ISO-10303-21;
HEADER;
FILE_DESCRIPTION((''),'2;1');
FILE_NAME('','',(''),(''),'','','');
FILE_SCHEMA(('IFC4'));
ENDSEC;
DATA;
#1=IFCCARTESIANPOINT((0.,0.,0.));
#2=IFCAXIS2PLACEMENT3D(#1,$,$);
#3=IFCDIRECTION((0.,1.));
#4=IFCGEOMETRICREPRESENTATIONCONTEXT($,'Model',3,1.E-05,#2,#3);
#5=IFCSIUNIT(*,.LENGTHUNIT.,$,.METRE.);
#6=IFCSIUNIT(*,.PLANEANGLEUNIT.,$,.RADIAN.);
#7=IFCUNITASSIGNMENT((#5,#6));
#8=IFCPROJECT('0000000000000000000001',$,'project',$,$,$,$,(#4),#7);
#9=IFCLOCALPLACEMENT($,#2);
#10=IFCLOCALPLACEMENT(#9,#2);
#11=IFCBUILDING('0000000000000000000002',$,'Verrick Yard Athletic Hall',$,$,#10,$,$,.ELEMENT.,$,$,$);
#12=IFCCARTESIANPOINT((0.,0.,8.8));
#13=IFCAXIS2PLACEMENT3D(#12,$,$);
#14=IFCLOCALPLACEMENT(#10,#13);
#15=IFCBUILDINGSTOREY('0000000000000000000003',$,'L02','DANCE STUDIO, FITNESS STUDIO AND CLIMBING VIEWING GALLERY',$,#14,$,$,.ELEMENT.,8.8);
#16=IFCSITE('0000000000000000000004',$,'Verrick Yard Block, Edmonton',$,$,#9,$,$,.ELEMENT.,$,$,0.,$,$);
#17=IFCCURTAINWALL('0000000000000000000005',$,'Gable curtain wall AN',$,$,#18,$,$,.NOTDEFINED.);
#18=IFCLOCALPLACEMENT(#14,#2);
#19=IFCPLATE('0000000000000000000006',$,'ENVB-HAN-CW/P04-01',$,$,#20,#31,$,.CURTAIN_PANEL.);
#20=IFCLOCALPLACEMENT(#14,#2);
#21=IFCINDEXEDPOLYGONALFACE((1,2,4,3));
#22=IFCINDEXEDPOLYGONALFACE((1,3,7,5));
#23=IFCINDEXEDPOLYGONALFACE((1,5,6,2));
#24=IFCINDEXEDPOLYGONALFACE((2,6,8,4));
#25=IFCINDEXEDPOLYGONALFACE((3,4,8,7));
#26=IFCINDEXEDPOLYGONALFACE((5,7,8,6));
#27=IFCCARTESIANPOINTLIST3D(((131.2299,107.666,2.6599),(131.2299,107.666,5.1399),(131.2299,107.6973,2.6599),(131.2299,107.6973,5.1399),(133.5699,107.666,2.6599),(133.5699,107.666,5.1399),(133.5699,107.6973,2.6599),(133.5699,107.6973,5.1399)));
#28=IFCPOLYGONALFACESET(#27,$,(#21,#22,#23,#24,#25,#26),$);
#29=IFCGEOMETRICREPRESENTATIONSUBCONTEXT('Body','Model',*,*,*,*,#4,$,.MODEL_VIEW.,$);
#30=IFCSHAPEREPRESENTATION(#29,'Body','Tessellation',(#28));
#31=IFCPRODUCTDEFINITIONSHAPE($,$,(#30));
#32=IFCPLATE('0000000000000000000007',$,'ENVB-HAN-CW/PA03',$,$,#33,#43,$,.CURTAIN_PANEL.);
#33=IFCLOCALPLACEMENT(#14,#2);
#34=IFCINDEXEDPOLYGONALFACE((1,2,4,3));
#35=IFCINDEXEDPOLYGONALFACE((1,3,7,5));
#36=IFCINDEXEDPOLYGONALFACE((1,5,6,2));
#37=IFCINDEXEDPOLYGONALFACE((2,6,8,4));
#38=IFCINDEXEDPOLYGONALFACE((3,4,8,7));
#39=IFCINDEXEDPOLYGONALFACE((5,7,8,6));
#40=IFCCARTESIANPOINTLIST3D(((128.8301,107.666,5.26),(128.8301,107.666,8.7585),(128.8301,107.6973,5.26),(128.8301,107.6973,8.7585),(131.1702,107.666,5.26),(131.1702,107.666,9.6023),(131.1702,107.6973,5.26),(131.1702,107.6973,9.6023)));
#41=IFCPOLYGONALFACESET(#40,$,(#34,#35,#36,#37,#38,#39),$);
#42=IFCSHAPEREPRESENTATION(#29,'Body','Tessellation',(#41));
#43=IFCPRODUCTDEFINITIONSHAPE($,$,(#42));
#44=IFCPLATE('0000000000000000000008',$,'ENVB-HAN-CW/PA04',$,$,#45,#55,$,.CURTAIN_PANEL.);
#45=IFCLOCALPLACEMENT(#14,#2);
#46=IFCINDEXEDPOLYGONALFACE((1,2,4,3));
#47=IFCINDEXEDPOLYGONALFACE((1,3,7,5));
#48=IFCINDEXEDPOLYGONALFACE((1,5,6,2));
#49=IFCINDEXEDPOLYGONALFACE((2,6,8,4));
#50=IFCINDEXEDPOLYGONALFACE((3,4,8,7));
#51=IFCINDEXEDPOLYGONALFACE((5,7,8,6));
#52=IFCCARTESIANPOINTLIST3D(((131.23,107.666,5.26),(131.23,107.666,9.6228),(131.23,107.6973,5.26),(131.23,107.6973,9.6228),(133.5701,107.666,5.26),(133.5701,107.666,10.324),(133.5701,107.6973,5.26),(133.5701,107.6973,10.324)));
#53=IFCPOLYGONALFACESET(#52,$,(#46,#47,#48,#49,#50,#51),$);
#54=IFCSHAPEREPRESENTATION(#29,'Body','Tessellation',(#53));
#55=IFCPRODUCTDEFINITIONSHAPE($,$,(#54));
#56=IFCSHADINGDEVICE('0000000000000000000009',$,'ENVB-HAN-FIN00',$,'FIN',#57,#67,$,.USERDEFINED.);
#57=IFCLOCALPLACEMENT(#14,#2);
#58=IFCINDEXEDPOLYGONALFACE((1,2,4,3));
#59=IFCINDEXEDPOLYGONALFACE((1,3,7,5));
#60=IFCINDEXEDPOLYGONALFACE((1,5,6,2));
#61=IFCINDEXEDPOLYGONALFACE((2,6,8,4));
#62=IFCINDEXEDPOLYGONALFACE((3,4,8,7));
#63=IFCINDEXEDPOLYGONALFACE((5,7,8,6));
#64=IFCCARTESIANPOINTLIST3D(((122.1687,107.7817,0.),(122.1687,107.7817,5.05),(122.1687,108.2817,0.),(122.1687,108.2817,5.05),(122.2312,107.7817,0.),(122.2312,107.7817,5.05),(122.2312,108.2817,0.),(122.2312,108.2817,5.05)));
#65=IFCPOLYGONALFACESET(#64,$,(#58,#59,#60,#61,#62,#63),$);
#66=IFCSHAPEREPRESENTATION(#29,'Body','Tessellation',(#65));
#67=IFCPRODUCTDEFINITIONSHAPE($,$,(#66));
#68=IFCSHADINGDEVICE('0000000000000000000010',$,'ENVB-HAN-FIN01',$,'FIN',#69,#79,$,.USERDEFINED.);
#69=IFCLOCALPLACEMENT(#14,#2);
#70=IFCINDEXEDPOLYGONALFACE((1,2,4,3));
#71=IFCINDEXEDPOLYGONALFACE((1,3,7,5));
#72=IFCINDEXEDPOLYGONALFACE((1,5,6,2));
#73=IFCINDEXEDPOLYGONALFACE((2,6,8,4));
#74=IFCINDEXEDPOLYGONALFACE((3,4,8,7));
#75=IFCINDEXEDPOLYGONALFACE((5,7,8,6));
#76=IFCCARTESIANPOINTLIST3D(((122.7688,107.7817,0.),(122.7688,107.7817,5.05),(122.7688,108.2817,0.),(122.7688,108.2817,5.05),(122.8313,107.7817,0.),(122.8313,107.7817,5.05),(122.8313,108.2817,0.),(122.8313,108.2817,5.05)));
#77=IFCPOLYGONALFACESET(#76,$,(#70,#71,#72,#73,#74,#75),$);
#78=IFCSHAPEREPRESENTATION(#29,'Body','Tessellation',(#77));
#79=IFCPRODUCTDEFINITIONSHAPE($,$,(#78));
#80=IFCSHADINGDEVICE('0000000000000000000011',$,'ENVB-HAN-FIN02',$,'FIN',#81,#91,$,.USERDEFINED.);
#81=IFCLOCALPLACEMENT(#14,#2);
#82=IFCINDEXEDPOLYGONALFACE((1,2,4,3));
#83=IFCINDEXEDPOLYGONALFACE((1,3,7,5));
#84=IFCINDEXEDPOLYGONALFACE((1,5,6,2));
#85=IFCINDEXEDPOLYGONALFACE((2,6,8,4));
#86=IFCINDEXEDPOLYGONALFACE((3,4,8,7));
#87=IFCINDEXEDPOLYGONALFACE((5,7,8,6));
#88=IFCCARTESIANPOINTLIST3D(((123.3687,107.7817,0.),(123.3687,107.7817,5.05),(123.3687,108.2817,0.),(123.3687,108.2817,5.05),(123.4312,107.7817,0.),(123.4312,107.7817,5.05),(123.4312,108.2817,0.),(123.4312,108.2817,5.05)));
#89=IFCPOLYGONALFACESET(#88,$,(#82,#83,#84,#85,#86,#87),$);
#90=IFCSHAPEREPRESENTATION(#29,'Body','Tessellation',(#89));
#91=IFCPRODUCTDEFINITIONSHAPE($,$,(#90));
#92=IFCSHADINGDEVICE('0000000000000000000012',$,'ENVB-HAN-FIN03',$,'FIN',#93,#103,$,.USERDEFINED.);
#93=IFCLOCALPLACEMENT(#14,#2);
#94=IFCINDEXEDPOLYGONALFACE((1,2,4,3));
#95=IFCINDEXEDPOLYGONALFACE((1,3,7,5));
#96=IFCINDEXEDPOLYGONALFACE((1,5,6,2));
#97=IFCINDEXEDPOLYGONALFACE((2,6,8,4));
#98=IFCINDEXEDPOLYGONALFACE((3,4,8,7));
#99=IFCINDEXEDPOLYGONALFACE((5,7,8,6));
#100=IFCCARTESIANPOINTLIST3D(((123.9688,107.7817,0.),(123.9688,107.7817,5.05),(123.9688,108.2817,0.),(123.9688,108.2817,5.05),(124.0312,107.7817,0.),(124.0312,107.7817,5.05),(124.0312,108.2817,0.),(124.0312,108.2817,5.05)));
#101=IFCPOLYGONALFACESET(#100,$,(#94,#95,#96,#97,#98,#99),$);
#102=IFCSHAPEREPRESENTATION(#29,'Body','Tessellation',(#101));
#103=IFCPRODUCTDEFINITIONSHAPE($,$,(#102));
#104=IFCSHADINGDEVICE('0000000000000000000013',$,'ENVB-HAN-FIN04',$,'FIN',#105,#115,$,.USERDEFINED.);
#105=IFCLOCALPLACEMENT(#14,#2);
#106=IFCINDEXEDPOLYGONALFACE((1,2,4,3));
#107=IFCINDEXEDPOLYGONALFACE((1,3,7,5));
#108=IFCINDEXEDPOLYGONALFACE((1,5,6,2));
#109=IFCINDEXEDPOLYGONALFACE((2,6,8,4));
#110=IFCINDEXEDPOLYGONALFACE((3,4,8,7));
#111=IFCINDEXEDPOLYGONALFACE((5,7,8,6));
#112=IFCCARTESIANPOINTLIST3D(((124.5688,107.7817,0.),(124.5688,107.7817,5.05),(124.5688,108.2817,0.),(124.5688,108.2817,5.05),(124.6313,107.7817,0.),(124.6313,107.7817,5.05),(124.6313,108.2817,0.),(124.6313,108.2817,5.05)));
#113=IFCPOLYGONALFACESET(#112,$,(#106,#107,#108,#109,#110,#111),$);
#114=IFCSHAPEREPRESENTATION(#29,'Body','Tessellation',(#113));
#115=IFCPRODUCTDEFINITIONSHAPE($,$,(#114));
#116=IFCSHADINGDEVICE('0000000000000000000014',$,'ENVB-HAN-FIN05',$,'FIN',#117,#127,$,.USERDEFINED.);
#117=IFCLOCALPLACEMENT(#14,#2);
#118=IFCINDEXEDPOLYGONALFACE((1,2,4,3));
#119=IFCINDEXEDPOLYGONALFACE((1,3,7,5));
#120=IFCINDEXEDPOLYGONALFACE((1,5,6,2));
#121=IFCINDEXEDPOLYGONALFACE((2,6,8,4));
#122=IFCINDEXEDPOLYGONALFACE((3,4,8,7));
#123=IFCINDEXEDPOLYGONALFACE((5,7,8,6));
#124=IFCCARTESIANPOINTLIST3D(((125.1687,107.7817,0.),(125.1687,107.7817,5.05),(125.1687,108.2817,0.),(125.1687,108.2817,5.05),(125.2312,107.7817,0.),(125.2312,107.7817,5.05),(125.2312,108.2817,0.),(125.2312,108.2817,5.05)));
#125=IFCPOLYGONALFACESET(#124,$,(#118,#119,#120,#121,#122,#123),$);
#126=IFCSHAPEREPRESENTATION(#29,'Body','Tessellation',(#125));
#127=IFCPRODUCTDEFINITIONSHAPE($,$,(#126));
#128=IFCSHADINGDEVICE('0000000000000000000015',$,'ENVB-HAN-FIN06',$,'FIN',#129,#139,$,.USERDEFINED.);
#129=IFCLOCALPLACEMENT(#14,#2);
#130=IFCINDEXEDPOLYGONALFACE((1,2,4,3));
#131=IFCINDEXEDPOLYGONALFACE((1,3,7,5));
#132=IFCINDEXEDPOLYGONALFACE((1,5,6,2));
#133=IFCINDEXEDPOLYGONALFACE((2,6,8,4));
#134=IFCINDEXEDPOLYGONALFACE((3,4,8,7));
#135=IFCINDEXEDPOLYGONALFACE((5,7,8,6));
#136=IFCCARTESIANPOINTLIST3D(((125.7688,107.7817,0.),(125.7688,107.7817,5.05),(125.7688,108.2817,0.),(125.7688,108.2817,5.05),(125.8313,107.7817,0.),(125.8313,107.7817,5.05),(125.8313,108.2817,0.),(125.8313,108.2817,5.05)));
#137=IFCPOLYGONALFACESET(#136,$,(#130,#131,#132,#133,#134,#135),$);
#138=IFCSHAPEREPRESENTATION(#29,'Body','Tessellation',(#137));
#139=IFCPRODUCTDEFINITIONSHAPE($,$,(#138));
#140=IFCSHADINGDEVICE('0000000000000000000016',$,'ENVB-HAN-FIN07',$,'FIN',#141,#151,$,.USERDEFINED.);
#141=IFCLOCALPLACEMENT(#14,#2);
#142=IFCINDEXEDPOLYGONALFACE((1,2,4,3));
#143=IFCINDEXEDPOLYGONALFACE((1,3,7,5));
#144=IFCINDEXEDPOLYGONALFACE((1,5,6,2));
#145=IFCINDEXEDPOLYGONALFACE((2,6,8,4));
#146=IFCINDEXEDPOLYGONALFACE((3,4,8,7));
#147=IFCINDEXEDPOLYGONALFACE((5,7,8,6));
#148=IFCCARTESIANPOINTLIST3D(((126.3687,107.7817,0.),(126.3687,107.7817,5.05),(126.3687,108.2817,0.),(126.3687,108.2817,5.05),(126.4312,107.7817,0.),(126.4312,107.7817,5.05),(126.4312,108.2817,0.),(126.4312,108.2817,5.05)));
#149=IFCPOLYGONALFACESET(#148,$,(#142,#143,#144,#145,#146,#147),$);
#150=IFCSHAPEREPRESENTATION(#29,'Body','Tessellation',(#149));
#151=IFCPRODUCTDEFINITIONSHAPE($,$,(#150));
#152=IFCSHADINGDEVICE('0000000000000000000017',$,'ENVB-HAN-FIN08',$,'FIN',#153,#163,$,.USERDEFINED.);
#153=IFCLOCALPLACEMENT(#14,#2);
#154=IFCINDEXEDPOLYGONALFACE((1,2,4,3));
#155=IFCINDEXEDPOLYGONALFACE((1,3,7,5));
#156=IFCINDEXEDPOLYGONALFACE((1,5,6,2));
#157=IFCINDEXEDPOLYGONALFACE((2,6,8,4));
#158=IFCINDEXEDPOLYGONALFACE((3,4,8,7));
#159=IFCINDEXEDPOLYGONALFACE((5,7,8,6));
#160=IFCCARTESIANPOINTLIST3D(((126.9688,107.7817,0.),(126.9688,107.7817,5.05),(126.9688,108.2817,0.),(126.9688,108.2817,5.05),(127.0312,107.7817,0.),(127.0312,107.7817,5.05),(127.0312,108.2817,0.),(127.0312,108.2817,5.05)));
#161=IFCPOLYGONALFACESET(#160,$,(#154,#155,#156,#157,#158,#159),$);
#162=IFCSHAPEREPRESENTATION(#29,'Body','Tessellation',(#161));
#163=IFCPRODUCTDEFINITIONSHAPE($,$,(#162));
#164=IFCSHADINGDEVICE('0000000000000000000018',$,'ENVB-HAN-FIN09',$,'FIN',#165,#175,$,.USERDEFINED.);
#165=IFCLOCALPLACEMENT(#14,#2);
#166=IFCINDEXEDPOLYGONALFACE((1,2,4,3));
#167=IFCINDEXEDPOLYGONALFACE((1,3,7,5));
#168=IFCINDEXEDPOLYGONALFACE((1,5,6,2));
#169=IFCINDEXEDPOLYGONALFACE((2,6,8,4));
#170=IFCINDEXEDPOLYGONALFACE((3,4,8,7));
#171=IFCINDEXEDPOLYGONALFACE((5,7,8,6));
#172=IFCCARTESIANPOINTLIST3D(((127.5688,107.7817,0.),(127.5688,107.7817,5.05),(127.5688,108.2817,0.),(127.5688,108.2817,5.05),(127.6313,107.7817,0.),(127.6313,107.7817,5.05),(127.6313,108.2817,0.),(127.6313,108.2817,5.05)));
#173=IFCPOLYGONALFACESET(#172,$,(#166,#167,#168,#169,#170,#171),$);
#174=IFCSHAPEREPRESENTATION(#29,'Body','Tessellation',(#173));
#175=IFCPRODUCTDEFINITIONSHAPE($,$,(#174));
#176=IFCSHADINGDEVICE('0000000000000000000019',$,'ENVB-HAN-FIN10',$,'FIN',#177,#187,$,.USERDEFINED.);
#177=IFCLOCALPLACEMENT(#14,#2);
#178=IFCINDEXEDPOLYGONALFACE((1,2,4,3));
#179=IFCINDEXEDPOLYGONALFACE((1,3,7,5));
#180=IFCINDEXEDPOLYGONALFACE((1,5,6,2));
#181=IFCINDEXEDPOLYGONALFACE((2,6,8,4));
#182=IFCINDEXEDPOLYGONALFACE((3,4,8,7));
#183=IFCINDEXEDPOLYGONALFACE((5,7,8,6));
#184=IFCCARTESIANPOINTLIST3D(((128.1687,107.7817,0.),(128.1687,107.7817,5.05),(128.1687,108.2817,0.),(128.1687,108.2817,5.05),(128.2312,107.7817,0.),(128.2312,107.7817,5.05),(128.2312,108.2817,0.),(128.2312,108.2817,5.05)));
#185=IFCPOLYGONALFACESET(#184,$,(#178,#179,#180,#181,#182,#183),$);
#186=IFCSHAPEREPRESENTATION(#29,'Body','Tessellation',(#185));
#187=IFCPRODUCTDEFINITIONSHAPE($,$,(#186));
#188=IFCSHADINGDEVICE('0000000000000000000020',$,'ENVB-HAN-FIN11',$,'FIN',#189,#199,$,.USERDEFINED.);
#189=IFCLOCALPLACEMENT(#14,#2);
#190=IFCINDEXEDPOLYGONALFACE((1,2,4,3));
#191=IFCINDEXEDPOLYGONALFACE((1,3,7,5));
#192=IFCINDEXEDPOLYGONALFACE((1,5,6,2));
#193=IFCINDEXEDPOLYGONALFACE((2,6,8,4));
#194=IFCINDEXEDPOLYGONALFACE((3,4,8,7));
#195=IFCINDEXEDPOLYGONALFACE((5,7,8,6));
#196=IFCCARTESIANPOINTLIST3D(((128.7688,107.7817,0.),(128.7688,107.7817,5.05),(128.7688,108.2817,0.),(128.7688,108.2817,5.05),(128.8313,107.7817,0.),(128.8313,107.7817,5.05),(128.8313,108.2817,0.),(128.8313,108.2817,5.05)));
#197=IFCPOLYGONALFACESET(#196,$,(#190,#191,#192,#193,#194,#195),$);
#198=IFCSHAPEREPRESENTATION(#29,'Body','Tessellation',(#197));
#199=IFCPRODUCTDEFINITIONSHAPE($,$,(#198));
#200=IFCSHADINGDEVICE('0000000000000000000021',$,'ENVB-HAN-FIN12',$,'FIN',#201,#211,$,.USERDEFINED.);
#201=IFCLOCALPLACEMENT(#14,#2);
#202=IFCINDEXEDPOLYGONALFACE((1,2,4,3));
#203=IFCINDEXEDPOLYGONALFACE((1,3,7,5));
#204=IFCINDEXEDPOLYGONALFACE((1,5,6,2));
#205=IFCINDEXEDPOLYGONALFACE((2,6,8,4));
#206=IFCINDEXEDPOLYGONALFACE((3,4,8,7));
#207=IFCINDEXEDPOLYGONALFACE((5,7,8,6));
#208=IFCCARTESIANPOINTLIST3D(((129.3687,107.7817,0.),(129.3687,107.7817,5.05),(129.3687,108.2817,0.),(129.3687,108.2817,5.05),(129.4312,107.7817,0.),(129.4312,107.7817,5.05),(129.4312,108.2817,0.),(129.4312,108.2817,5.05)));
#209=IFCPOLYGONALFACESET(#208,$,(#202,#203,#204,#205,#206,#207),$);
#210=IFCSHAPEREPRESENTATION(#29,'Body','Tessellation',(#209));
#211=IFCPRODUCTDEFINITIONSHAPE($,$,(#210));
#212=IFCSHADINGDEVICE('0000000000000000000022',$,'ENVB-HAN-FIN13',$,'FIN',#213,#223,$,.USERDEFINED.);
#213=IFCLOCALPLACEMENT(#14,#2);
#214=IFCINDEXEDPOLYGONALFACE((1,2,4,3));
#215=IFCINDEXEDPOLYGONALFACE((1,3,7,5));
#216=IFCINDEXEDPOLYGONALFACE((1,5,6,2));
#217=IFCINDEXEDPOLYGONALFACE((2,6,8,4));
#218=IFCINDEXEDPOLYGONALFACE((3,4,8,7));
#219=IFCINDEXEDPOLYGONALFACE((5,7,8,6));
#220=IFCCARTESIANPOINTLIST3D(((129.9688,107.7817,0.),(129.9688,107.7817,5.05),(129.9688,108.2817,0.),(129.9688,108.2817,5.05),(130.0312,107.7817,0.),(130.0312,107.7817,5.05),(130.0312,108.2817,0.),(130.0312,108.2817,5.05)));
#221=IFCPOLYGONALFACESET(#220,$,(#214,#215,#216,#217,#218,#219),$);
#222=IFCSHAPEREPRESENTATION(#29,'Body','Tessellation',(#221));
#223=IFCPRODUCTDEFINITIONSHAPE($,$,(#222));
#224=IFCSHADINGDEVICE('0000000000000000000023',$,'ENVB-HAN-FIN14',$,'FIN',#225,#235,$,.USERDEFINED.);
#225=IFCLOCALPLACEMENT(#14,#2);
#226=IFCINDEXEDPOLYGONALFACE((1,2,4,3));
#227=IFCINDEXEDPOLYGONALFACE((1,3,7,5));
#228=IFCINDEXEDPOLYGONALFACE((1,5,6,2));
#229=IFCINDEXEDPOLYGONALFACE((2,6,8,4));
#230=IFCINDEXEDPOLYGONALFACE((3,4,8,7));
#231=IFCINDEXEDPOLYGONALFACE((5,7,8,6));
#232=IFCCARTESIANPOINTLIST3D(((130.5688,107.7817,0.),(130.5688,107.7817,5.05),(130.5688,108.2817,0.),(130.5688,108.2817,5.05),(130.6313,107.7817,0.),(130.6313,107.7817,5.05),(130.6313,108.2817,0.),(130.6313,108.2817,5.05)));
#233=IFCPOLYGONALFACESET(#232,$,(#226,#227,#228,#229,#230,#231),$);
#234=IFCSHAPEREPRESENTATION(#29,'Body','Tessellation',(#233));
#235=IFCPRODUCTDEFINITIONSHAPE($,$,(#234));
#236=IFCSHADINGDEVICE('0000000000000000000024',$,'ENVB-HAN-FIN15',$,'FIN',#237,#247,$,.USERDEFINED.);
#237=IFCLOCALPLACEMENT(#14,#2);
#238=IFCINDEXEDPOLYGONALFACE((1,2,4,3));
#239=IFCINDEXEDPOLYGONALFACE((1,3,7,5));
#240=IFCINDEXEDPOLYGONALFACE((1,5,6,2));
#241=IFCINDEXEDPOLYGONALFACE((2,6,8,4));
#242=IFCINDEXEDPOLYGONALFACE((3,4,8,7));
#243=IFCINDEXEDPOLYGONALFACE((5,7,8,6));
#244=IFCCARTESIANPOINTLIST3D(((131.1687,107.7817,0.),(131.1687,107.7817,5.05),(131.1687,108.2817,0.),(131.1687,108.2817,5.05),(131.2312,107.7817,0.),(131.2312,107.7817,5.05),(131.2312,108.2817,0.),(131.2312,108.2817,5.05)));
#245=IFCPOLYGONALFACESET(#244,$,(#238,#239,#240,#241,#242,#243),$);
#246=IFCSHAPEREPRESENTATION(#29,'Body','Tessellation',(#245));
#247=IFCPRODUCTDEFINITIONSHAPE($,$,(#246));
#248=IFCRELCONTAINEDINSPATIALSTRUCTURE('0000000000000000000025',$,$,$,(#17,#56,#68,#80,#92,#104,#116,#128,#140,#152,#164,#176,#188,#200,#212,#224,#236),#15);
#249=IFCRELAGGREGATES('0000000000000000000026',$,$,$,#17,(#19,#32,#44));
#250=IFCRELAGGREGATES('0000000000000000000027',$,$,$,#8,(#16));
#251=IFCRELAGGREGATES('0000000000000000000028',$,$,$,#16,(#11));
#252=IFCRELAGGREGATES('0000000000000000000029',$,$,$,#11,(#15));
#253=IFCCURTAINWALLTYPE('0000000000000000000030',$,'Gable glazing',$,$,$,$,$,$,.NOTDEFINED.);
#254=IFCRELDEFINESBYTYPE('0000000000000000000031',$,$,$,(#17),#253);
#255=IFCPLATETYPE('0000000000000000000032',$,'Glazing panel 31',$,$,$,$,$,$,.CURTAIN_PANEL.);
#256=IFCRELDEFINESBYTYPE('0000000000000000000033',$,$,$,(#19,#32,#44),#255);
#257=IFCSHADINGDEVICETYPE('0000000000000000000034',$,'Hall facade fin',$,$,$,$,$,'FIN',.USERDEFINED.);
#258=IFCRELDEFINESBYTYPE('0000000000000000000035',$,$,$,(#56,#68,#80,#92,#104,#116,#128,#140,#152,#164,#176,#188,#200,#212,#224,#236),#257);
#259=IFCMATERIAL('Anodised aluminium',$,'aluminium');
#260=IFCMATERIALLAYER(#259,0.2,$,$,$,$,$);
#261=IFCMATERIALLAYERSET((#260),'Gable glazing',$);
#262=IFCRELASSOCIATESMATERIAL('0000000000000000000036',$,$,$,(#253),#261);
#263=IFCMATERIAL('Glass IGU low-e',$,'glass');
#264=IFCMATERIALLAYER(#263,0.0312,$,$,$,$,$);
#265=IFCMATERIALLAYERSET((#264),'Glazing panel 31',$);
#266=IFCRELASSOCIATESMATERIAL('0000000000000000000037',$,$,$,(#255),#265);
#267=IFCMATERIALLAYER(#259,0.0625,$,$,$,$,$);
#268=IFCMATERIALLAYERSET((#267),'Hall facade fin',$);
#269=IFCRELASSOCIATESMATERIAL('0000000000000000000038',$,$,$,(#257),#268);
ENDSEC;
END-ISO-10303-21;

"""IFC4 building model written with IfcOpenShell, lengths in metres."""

from ifc_helpers import new_model, si_unit, direction, frame, origin, origin_2d, place, context, subcontext, project, spatial, polyline, rectangle, outline, extrude, material, layer, layer_set, type_object, element, aggregate, save


model = new_model("IFC4")

# Units and contexts
model_context = context("Model", 3, precision=1e-05, world=origin(), true_north=direction((0.0, 1.0)))
body_context = subcontext(model_context, "Body", "Model", "MODEL_VIEW")
ifc_project = project(units=[si_unit("LENGTHUNIT", "METRE"), si_unit("PLANEANGLEUNIT", "RADIAN")], contexts=[model_context])

# Site, building, storey
site_placement = place(None, origin())
site = spatial("IfcSite", under=ifc_project, at=site_placement, Name="Verrick Yard Block, Edmonton", CompositionType="ELEMENT", RefElevation=0.0)
building_placement = place(site_placement, origin())
building = spatial("IfcBuilding", under=site, at=building_placement, Name="Verrick Yard Athletic Hall", CompositionType="ELEMENT")
storey_placement = place(building_placement, frame((0.0, 0.0, 8.8)))
storey = spatial("IfcBuildingStorey", under=building, at=storey_placement, Name="L02", Description="DANCE STUDIO, FITNESS STUDIO AND CLIMBING VIEWING GALLERY", CompositionType="ELEMENT", Elevation=8.8)

# Curtain wall, plates
ifc_material_1 = material(Name="Anodised aluminium", Category="aluminium")
ifc_layer_1 = layer(ifc_material_1, 0.2)
ifc_layer_set_1 = layer_set([ifc_layer_1], Name="Gable glazing")
curtain_wall_type = type_object("IfcCurtainWallType", Name="Gable glazing", PredefinedType="NOTDEFINED", material=ifc_layer_set_1)
curtain_wall_placement = place(storey_placement, origin())
curtain_wall = element("IfcCurtainWall", 1, at=curtain_wall_placement, inside=storey, type_object=curtain_wall_type, Name="Gable curtain wall AN", PredefinedType="NOTDEFINED")
ifc_material_2 = material(Name="Glass IGU low-e", Category="glass")
ifc_layer_2 = layer(ifc_material_2, 0.0312)
ifc_layer_set_2 = layer_set([ifc_layer_2], Name="Glazing panel 31")
plate_type = type_object("IfcPlateType", Name="Glazing panel 31", PredefinedType="CURTAIN_PANEL", material=ifc_layer_set_2)
plate_1_placement = place(storey_placement, frame((132.3999, 107.6816, 2.6599), z_axis=(0.0, 0.0, 1.0), x_axis=(1.0, 0.0, 0.0)))
plate_1 = element("IfcPlate", 2, at=plate_1_placement, type_object=plate_type, Name="ENVB-HAN-CW/P04-01", PredefinedType="CURTAIN_PANEL", context=body_context, shape_type="SweptSolid", body=[
    extrude(rectangle(XDim=2.3401, YDim=0.0312, at=origin_2d()), origin(), (0.0, 0.0, 1.0), 2.48),
])
plate_2_placement = place(storey_placement, frame((128.8301, 107.6816, 5.26), z_axis=(0.0, 0.0, 1.0), x_axis=(1.0, 0.0, 0.0)))
plate_2 = element("IfcPlate", 3, at=plate_2_placement, type_object=plate_type, Name="ENVB-HAN-CW/PA03", PredefinedType="CURTAIN_PANEL", context=body_context, shape_type="SweptSolid", body=[
    extrude(outline(polyline([(0.0, 3.4985), (2.3401, 4.3423), (2.3401, 0.0), (0.0, 0.0), (0.0, 3.4985)])), frame((0.0, 0.0156, 0.0), z_axis=(0.0, -1.0, 0.0), x_axis=(1.0, 0.0, 0.0)), (0.0, 0.0, 1.0), 0.0312),
])
plate_3_placement = place(storey_placement, frame((131.23, 107.6816, 5.26), z_axis=(0.0, 0.0, 1.0), x_axis=(1.0, 0.0, 0.0)))
plate_3 = element("IfcPlate", 4, at=plate_3_placement, type_object=plate_type, Name="ENVB-HAN-CW/PA04", PredefinedType="CURTAIN_PANEL", context=body_context, shape_type="SweptSolid", body=[
    extrude(outline(polyline([(0.0, 4.3628), (2.3401, 5.064), (2.3401, 0.0), (0.0, 0.0), (0.0, 4.3628)])), frame((0.0, 0.0156, 0.0), z_axis=(0.0, -1.0, 0.0), x_axis=(1.0, 0.0, 0.0)), (0.0, 0.0, 1.0), 0.0312),
])
aggregate(curtain_wall, [plate_1, plate_2, plate_3])

# Shading devices
ifc_layer_3 = layer(ifc_material_1, 0.0625)
ifc_layer_set_3 = layer_set([ifc_layer_3], Name="Hall facade fin")
shading_device_type = type_object("IfcShadingDeviceType", Name="Hall facade fin", ElementType="FIN", PredefinedType="USERDEFINED", material=ifc_layer_set_3)
for number, where, z_axis, x_axis, name in (
    (5, (122.2, 107.7817, 0.0), (0.0, 0.0, 1.0), (0.0, 1.0, 0.0), "ENVB-HAN-FIN00"),
    (6, (122.8, 107.7817, 0.0), (0.0, 0.0, 1.0), (0.0, 1.0, 0.0), "ENVB-HAN-FIN01"),
    (7, (123.3999, 107.7817, 0.0), (0.0, 0.0, 1.0), (0.0, 1.0, 0.0), "ENVB-HAN-FIN02"),
    (8, (124.0, 107.7817, 0.0), (0.0, 0.0, 1.0), (0.0, 1.0, 0.0), "ENVB-HAN-FIN03"),
    (9, (124.6001, 107.7817, 0.0), (0.0, 0.0, 1.0), (0.0, 1.0, 0.0), "ENVB-HAN-FIN04"),
    (10, (125.2, 107.7817, 0.0), (0.0, 0.0, 1.0), (0.0, 1.0, 0.0), "ENVB-HAN-FIN05"),
    (11, (125.8, 107.7817, 0.0), (0.0, 0.0, 1.0), (0.0, 1.0, 0.0), "ENVB-HAN-FIN06"),
    (12, (126.3999, 107.7817, 0.0), (0.0, 0.0, 1.0), (0.0, 1.0, 0.0), "ENVB-HAN-FIN07"),
    (13, (127.0, 107.7817, 0.0), (0.0, 0.0, 1.0), (0.0, 1.0, 0.0), "ENVB-HAN-FIN08"),
    (14, (127.6001, 107.7817, 0.0), (0.0, 0.0, 1.0), (0.0, 1.0, 0.0), "ENVB-HAN-FIN09"),
    (15, (128.2, 107.7817, 0.0), (0.0, 0.0, 1.0), (0.0, 1.0, 0.0), "ENVB-HAN-FIN10"),
    (16, (128.8, 107.7817, 0.0), (0.0, 0.0, 1.0), (0.0, 1.0, 0.0), "ENVB-HAN-FIN11"),
    (17, (129.3999, 107.7817, 0.0), (0.0, 0.0, 1.0), (0.0, 1.0, 0.0), "ENVB-HAN-FIN12"),
    (18, (130.0, 107.7817, 0.0), (0.0, 0.0, 1.0), (0.0, 1.0, 0.0), "ENVB-HAN-FIN13"),
    (19, (130.6001, 107.7817, 0.0), (0.0, 0.0, 1.0), (0.0, 1.0, 0.0), "ENVB-HAN-FIN14"),
    (20, (131.2, 107.7817, 0.0), (0.0, 0.0, 1.0), (0.0, 1.0, 0.0), "ENVB-HAN-FIN15"),
):
    element("IfcShadingDevice", number, at=place(storey_placement, frame(where, z_axis=z_axis, x_axis=x_axis)), inside=storey, type_object=shading_device_type, Name=name, ObjectType="FIN", PredefinedType="USERDEFINED", context=body_context, shape_type="SweptSolid", body=[
        extrude(outline(polyline([(0.0, 0.0), (0.5, 0.0), (0.5, 5.05), (0.0, 5.05), (0.0, 0.0)])), frame((0.0, 0.0312, 0.0), z_axis=(0.0, -1.0, 0.0), x_axis=(1.0, 0.0, 0.0)), (0.0, 0.0, 1.0), 0.0625),
    ])

save(model, "model.ifc")
